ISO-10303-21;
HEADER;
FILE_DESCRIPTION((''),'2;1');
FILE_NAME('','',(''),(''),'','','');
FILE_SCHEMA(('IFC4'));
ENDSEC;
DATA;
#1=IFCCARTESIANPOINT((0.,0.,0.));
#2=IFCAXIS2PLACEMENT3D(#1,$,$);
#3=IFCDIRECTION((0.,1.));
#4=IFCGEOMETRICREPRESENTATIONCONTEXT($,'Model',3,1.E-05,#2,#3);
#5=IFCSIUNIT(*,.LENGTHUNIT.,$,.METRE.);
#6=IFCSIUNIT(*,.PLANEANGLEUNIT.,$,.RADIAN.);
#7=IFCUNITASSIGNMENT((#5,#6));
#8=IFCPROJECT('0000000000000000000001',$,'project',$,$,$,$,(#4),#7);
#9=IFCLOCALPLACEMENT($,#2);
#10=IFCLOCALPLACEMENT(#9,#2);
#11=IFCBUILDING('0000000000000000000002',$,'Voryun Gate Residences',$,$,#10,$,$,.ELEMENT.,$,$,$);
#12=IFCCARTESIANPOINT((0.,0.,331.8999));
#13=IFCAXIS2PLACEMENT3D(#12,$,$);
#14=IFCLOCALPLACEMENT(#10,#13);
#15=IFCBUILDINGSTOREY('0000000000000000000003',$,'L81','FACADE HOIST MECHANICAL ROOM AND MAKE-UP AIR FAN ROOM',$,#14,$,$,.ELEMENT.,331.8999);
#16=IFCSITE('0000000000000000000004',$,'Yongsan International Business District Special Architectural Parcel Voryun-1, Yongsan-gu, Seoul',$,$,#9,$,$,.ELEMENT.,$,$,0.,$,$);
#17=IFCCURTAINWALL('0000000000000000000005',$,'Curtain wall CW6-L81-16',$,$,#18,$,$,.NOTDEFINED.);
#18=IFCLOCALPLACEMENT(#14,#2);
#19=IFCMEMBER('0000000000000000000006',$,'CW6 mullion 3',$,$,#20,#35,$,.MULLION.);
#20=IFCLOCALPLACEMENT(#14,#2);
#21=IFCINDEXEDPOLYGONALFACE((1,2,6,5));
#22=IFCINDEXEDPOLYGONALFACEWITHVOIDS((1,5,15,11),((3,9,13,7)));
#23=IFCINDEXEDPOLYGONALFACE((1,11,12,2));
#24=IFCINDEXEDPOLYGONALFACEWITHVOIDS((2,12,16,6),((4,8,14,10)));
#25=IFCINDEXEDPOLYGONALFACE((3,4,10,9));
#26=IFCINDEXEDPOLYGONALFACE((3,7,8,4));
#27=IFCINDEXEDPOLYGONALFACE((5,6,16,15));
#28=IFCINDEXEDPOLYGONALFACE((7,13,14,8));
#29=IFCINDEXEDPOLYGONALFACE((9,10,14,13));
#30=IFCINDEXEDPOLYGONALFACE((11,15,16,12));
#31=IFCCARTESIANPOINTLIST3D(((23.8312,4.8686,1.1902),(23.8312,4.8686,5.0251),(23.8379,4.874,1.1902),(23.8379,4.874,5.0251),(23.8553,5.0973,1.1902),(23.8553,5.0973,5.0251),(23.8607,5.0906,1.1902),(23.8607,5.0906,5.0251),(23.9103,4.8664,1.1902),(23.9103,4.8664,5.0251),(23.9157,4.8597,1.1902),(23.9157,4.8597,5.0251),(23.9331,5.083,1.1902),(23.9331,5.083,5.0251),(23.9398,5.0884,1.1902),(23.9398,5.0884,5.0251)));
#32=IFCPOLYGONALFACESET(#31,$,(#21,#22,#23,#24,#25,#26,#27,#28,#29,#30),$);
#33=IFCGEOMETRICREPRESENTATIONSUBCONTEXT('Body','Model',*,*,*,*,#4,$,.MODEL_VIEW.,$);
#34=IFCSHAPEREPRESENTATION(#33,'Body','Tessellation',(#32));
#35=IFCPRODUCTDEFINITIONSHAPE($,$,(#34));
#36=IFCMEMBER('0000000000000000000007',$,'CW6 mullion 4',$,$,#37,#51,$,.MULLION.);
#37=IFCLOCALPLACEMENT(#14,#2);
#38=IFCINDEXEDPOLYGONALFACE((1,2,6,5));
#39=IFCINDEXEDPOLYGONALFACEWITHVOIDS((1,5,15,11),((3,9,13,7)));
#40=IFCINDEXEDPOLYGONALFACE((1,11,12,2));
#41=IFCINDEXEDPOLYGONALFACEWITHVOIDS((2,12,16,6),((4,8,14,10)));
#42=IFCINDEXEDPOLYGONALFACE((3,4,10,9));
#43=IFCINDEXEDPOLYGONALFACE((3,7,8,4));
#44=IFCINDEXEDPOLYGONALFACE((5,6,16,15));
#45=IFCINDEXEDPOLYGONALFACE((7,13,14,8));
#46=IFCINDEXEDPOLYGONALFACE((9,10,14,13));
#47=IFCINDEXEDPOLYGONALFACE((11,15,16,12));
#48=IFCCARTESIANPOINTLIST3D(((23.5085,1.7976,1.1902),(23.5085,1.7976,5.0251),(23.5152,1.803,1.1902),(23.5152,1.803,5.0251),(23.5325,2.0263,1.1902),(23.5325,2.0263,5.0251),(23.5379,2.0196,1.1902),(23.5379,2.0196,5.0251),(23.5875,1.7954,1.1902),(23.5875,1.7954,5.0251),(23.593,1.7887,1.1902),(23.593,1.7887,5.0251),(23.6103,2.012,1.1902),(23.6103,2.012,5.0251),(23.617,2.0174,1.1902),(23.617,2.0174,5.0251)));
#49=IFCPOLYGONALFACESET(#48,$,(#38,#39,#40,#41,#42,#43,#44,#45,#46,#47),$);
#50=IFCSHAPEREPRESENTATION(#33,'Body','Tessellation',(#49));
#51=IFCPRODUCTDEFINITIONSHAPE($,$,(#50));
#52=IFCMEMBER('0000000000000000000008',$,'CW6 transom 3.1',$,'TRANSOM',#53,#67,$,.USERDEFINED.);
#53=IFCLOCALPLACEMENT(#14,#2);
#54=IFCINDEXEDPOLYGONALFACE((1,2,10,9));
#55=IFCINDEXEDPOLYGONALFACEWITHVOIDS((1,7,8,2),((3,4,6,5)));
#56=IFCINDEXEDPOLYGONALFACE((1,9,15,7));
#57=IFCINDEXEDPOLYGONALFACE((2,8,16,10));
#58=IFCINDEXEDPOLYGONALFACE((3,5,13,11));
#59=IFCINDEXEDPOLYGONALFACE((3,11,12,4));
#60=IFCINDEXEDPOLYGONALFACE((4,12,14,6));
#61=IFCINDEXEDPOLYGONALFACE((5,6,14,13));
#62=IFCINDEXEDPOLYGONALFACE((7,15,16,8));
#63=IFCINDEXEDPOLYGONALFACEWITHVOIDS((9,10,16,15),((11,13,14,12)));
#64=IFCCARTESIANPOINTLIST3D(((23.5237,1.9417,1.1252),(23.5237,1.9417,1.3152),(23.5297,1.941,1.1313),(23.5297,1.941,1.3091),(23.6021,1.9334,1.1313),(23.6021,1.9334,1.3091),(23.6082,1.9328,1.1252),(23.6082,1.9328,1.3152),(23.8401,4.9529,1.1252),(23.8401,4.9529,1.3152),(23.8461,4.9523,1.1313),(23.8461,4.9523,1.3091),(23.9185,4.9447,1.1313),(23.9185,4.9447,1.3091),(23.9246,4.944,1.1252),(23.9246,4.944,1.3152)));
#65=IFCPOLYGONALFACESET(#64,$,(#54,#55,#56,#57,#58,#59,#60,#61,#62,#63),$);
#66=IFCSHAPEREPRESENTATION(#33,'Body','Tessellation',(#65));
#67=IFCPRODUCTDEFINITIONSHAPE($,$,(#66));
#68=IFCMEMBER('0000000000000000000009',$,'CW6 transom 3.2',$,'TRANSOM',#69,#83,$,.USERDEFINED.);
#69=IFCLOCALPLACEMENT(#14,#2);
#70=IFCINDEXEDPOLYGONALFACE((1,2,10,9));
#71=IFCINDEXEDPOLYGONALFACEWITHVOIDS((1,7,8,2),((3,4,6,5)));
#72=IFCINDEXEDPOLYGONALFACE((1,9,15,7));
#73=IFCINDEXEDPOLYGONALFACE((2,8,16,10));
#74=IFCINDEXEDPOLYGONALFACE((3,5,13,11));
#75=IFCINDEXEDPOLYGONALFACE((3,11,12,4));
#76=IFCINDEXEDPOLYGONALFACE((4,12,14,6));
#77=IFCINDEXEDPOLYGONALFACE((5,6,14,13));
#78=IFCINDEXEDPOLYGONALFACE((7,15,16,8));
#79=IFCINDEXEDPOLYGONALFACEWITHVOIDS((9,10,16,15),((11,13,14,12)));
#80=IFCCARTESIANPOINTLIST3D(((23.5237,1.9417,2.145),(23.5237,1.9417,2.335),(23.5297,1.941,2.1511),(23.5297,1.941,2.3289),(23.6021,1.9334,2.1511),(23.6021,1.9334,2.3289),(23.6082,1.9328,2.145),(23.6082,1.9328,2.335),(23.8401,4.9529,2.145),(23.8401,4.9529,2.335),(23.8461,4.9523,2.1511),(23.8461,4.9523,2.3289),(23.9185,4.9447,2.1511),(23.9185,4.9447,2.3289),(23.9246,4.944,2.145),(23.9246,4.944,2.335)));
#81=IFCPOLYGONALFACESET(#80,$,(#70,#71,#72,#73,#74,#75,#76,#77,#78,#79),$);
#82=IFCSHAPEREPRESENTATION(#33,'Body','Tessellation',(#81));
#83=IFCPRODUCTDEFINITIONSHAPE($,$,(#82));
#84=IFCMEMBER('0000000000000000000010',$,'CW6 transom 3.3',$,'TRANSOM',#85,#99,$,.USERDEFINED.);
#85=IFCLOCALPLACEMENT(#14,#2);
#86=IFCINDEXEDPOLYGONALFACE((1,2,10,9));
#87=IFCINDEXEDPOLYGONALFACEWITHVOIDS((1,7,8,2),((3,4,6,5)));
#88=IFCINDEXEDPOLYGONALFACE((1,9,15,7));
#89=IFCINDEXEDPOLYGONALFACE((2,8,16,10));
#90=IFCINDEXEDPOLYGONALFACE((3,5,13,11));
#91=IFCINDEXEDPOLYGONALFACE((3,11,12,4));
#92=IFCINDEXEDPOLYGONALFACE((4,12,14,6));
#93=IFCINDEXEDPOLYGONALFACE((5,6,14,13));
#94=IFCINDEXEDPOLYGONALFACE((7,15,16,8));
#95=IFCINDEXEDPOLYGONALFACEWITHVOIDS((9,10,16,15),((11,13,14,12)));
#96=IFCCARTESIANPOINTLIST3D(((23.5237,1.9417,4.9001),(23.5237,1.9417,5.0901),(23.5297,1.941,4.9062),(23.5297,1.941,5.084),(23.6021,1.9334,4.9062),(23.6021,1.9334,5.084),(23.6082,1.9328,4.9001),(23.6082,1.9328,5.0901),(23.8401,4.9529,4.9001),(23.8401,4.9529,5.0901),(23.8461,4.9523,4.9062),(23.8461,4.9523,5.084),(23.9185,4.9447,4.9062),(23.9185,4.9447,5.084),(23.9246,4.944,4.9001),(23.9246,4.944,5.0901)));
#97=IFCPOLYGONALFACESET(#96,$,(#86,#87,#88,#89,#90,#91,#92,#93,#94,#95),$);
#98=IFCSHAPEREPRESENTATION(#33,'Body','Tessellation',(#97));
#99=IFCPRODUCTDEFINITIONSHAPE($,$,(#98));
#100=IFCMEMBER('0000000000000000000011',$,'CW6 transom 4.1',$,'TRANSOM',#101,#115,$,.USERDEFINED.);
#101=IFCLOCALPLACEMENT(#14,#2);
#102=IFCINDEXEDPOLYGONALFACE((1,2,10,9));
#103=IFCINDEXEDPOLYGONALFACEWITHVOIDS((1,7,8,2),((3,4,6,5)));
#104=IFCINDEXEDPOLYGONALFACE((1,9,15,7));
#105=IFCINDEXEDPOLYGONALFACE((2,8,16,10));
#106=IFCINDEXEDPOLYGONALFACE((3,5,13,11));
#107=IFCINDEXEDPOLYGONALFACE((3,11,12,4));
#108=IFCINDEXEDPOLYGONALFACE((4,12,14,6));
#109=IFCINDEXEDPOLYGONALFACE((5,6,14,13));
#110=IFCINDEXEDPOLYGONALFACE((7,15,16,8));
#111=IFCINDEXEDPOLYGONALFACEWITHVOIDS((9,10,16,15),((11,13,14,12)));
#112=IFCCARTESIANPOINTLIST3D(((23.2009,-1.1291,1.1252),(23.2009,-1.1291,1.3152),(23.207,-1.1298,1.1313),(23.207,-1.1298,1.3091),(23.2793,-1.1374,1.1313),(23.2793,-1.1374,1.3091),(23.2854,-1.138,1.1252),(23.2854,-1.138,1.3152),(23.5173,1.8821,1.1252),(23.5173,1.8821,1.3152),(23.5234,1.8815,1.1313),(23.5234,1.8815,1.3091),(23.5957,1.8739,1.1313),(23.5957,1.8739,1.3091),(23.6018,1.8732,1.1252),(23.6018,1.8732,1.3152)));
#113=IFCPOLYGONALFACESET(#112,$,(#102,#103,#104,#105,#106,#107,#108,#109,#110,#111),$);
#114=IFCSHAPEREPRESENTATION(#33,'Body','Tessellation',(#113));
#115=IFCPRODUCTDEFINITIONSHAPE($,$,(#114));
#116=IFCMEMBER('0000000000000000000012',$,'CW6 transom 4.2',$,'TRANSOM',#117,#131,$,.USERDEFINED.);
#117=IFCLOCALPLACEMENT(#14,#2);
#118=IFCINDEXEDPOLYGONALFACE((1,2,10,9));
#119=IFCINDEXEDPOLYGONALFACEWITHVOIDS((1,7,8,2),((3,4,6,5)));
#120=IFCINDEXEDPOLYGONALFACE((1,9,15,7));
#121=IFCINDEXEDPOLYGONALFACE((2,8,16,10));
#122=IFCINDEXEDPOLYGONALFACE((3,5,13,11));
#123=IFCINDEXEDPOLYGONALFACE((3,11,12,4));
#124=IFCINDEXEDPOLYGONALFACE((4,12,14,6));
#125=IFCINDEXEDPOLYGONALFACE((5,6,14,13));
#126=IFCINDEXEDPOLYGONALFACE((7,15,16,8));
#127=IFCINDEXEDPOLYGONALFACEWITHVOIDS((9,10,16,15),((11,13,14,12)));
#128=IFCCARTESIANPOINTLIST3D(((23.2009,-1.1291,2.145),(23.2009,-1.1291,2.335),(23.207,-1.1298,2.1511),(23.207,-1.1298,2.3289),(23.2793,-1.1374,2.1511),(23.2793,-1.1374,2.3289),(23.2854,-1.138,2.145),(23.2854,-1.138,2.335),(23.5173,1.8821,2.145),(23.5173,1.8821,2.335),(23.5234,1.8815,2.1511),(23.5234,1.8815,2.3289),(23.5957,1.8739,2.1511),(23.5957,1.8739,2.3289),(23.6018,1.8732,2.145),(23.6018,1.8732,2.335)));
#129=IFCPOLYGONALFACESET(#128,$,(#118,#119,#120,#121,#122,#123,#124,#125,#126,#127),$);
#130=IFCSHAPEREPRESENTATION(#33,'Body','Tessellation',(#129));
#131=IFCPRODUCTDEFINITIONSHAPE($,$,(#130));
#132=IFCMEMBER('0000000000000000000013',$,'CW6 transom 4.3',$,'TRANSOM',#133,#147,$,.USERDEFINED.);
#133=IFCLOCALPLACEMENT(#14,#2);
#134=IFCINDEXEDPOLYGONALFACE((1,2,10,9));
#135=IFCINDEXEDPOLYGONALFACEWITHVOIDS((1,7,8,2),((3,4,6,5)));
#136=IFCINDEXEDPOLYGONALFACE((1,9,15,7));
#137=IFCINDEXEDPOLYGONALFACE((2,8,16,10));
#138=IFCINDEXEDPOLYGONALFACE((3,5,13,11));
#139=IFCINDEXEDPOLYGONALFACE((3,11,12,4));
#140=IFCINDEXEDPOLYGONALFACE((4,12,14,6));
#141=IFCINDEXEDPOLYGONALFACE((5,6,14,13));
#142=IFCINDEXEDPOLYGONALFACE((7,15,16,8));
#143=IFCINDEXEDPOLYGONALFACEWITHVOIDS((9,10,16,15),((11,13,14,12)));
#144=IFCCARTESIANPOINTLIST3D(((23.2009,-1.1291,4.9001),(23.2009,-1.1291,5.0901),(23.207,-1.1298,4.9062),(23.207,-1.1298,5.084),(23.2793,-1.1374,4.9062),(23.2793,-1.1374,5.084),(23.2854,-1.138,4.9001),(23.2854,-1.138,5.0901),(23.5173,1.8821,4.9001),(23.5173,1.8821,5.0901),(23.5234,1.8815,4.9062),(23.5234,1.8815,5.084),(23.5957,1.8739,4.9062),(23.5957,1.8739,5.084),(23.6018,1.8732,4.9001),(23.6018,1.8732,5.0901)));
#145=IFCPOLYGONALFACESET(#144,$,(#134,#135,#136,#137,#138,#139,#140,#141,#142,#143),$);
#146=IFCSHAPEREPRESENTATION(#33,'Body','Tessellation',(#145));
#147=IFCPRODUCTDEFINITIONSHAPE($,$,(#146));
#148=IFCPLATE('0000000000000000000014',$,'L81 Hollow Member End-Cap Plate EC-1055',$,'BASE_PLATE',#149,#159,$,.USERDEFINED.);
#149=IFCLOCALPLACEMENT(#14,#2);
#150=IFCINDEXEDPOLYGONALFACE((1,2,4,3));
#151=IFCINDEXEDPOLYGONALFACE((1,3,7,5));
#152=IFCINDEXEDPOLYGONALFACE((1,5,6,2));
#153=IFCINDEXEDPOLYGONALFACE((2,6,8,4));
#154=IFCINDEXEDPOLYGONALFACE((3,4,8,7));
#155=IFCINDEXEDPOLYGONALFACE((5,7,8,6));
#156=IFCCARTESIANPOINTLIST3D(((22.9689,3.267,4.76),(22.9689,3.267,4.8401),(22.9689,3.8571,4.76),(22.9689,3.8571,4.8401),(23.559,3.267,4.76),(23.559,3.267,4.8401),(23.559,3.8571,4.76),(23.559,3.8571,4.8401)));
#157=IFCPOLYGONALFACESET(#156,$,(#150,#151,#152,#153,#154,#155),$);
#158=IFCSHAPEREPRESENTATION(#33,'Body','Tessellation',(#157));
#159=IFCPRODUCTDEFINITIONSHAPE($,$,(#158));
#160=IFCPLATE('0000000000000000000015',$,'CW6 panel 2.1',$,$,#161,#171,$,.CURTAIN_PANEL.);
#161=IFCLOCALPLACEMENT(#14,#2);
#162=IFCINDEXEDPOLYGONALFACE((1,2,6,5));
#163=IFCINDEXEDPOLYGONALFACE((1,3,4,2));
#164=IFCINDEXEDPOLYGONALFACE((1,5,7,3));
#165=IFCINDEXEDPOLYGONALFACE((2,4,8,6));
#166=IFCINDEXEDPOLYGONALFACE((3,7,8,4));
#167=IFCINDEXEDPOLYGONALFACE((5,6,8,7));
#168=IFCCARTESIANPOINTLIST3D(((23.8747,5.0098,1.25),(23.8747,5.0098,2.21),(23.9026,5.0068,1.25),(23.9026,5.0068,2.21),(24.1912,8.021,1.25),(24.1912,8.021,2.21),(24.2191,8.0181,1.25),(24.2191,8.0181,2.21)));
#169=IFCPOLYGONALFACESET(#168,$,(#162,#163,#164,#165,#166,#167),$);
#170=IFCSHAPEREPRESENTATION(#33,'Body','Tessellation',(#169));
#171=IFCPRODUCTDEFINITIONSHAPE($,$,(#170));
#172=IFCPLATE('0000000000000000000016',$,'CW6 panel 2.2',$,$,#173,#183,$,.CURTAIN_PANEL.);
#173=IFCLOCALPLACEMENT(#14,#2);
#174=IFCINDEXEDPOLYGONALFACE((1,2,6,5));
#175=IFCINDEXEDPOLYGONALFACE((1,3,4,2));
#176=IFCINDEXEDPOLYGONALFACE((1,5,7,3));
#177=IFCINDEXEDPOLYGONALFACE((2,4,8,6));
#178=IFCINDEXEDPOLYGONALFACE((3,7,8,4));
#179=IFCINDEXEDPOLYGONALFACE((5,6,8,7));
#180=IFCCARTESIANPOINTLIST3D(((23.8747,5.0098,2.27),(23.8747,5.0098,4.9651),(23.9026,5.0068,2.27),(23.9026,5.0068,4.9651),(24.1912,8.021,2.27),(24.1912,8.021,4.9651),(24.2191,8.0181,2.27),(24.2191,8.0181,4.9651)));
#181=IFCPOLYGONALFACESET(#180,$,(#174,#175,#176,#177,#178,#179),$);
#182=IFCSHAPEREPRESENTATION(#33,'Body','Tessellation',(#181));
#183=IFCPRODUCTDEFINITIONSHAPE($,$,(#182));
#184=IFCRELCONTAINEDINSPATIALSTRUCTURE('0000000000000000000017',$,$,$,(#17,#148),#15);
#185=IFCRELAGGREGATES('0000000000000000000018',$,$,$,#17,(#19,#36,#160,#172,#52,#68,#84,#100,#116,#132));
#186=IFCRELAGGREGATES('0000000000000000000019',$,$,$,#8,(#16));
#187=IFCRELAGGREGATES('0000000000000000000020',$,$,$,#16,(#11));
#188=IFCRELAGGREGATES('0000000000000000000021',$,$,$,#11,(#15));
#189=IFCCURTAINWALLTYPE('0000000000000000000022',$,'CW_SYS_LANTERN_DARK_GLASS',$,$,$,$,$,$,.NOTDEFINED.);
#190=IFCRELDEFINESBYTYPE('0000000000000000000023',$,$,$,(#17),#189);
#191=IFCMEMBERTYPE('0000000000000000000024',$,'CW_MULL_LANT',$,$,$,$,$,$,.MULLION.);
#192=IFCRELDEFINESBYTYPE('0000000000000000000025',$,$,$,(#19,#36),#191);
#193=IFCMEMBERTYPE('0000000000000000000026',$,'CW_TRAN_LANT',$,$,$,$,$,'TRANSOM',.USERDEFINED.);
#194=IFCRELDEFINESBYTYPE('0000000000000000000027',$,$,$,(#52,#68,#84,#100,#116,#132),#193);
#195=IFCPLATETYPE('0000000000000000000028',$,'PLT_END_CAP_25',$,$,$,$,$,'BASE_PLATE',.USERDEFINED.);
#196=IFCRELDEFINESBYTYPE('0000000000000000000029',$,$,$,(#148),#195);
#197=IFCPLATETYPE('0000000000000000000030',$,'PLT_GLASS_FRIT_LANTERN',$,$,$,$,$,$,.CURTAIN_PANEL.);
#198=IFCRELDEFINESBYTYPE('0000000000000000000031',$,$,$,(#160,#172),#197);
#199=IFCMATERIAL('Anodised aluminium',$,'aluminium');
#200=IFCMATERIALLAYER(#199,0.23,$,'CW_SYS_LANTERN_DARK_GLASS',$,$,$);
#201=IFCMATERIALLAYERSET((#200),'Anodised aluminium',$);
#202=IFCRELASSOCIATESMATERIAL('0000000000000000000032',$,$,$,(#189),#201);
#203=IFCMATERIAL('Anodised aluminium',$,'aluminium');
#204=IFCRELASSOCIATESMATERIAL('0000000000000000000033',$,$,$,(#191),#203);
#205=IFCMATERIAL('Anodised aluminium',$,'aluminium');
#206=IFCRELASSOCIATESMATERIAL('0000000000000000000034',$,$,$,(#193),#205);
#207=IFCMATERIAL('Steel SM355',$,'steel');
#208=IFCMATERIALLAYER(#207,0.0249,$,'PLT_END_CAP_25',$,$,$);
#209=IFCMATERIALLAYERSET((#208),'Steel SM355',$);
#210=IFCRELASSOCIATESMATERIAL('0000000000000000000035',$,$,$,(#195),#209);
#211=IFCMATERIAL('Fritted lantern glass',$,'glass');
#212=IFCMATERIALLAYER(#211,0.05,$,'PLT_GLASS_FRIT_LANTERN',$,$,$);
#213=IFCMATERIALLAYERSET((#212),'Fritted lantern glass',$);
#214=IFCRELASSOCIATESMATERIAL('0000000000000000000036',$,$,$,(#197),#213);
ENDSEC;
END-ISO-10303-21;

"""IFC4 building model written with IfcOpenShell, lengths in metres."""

from ifc_helpers import new_model, si_unit, direction, frame, origin, origin_2d, place, context, subcontext, project, spatial, rectangle, hollow_rectangle, extrude, material, layer, layer_set, material_profile, profile_set, type_object, element, aggregate, save


model = new_model("IFC4")

# Units and contexts
model_context = context("Model", 3, precision=1e-05, world=origin(), true_north=direction((0.0, 1.0)))
body_context = subcontext(model_context, "Body", "Model", "MODEL_VIEW")
ifc_project = project(units=[si_unit("LENGTHUNIT", "METRE"), si_unit("PLANEANGLEUNIT", "RADIAN")], contexts=[model_context])

# Site, building, storey
site_placement = place(None, origin())
site = spatial("IfcSite", under=ifc_project, at=site_placement, Name="Yongsan International Business District Special Architectural Parcel Voryun-1, Yongsan-gu, Seoul", CompositionType="ELEMENT", RefElevation=0.0)
building_placement = place(site_placement, origin())
building = spatial("IfcBuilding", under=site, at=building_placement, Name="Voryun Gate Residences", CompositionType="ELEMENT")
storey_placement = place(building_placement, frame((0.0, 0.0, 331.8999)))
storey = spatial("IfcBuildingStorey", under=building, at=storey_placement, Name="L81", Description="FACADE HOIST MECHANICAL ROOM AND MAKE-UP AIR FAN ROOM", CompositionType="ELEMENT", Elevation=331.8999)

# Curtain wall, members
ifc_material_1 = material(Name="Anodised aluminium", Category="aluminium")
ifc_layer_1 = layer(ifc_material_1, 0.23, Name="CW_SYS_LANTERN_DARK_GLASS")
ifc_layer_set_1 = layer_set([ifc_layer_1], Name="Anodised aluminium")
curtain_wall_type = type_object("IfcCurtainWallType", Name="CW_SYS_LANTERN_DARK_GLASS", PredefinedType="NOTDEFINED", material=ifc_layer_set_1)
curtain_wall_placement = place(storey_placement, origin())
curtain_wall = element("IfcCurtainWall", 1, at=curtain_wall_placement, inside=storey, type_object=curtain_wall_type, Name="Curtain wall CW6-L81-16", PredefinedType="NOTDEFINED")
ifc_material_2 = material(Name="Anodised aluminium", Category="aluminium")
ifc_material_profile_1 = material_profile(ifc_material_2, hollow_rectangle(XDim=0.085, YDim=0.23, WallThickness=0.0061, at=origin_2d()), Name="ALU-MULL-230x85x6")
ifc_profile_set_1 = profile_set([ifc_material_profile_1], Name="Anodised aluminium")
member_type_1 = type_object("IfcMemberType", Name="CW_MULL_LANT", PredefinedType="MULLION", material=ifc_profile_set_1)
member_1_placement = place(storey_placement, frame((23.8855, 4.9785, 1.1902), z_axis=(0.0, 0.0, 1.0), x_axis=(0.994522, -0.104528, 0.0)))
member_1 = element("IfcMember", 2, at=member_1_placement, type_object=member_type_1, Name="CW6 mullion 3", PredefinedType="MULLION", context=body_context, shape_type="SweptSolid", body=[
    extrude(hollow_rectangle(XDim=0.085, YDim=0.23, WallThickness=0.0061, at=origin_2d()), origin(), (0.0, 0.0, 1.0), 3.835),
])
member_2_placement = place(storey_placement, frame((23.5627, 1.9075, 1.1902), z_axis=(0.0, 0.0, 1.0), x_axis=(0.994522, -0.104528, 0.0)))
member_2 = element("IfcMember", 3, at=member_2_placement, type_object=member_type_1, Name="CW6 mullion 4", PredefinedType="MULLION", context=body_context, shape_type="SweptSolid", body=[
    extrude(hollow_rectangle(XDim=0.085, YDim=0.23, WallThickness=0.0061, at=origin_2d()), origin(), (0.0, 0.0, 1.0), 3.835),
])
ifc_material_3 = material(Name="Anodised aluminium", Category="aluminium")
ifc_material_profile_2 = material_profile(ifc_material_3, hollow_rectangle(XDim=0.085, YDim=0.1899, WallThickness=0.0061, at=origin_2d()), Name="ALU-TRAN-190x85x6")
ifc_profile_set_2 = profile_set([ifc_material_profile_2], Name="Anodised aluminium")
member_type_2 = type_object("IfcMemberType", Name="CW_TRAN_LANT", ElementType="TRANSOM", PredefinedType="USERDEFINED", material=ifc_profile_set_2)
member_3_placement = place(storey_placement, frame((23.8823, 4.9485, 1.2202), z_axis=(-0.1045, -0.994525, 0.0), x_axis=(0.994525, -0.1045, 0.0)))
member_3 = element("IfcMember", 4, at=member_3_placement, type_object=member_type_2, Name="CW6 transom 3.1", ObjectType="TRANSOM", PredefinedType="USERDEFINED", context=body_context, shape_type="SweptSolid", body=[
    extrude(hollow_rectangle(XDim=0.085, YDim=0.1899, WallThickness=0.0061, at=origin_2d()), origin(), (0.0, 0.0, 1.0), 3.0278),
])
member_4_placement = place(storey_placement, frame((23.8823, 4.9485, 2.24), z_axis=(-0.1045, -0.994525, 0.0), x_axis=(0.994525, -0.1045, 0.0)))
member_4 = element("IfcMember", 5, at=member_4_placement, type_object=member_type_2, Name="CW6 transom 3.2", ObjectType="TRANSOM", PredefinedType="USERDEFINED", context=body_context, shape_type="SweptSolid", body=[
    extrude(hollow_rectangle(XDim=0.085, YDim=0.1899, WallThickness=0.0061, at=origin_2d()), origin(), (0.0, 0.0, 1.0), 3.0278),
])
member_5_placement = place(storey_placement, frame((23.8823, 4.9485, 4.9951), z_axis=(-0.1045, -0.994525, 0.0), x_axis=(0.994525, -0.1045, 0.0)))
member_5 = element("IfcMember", 6, at=member_5_placement, type_object=member_type_2, Name="CW6 transom 3.3", ObjectType="TRANSOM", PredefinedType="USERDEFINED", context=body_context, shape_type="SweptSolid", body=[
    extrude(hollow_rectangle(XDim=0.085, YDim=0.1899, WallThickness=0.0061, at=origin_2d()), origin(), (0.0, 0.0, 1.0), 3.0278),
])
member_6_placement = place(storey_placement, frame((23.5596, 1.8777, 1.2202), z_axis=(-0.1045, -0.994525, 0.0), x_axis=(0.994525, -0.1045, 0.0)))
member_6 = element("IfcMember", 7, at=member_6_placement, type_object=member_type_2, Name="CW6 transom 4.1", ObjectType="TRANSOM", PredefinedType="USERDEFINED", context=body_context, shape_type="SweptSolid", body=[
    extrude(hollow_rectangle(XDim=0.085, YDim=0.1899, WallThickness=0.0061, at=origin_2d()), origin(), (0.0, 0.0, 1.0), 3.0278),
])
member_7_placement = place(storey_placement, frame((23.5596, 1.8777, 2.24), z_axis=(-0.1045, -0.994525, 0.0), x_axis=(0.994525, -0.1045, 0.0)))
member_7 = element("IfcMember", 8, at=member_7_placement, type_object=member_type_2, Name="CW6 transom 4.2", ObjectType="TRANSOM", PredefinedType="USERDEFINED", context=body_context, shape_type="SweptSolid", body=[
    extrude(hollow_rectangle(XDim=0.085, YDim=0.1899, WallThickness=0.0061, at=origin_2d()), origin(), (0.0, 0.0, 1.0), 3.0278),
])
member_8_placement = place(storey_placement, frame((23.5596, 1.8777, 4.9951), z_axis=(-0.1045, -0.994525, 0.0), x_axis=(0.994525, -0.1045, 0.0)))
member_8 = element("IfcMember", 9, at=member_8_placement, type_object=member_type_2, Name="CW6 transom 4.3", ObjectType="TRANSOM", PredefinedType="USERDEFINED", context=body_context, shape_type="SweptSolid", body=[
    extrude(hollow_rectangle(XDim=0.085, YDim=0.1899, WallThickness=0.0061, at=origin_2d()), origin(), (0.0, 0.0, 1.0), 3.0278),
])

# Plates
ifc_material_4 = material(Name="Steel SM355", Category="steel")
ifc_layer_2 = layer(ifc_material_4, 0.0249, Name="PLT_END_CAP_25")
ifc_layer_set_2 = layer_set([ifc_layer_2], Name="Steel SM355")
plate_type_1 = type_object("IfcPlateType", Name="PLT_END_CAP_25", ElementType="BASE_PLATE", PredefinedType="USERDEFINED", material=ifc_layer_set_2)
plate_1_placement = place(storey_placement, frame((23.2639, 3.562, 4.76), z_axis=(0.0, 0.0, 1.0), x_axis=(1.0, 0.0, 0.0)))
element("IfcPlate", 10, at=plate_1_placement, inside=storey, type_object=plate_type_1, Name="L81 Hollow Member End-Cap Plate EC-1055", ObjectType="BASE_PLATE", PredefinedType="USERDEFINED", context=body_context, shape_type="SweptSolid", body=[
    extrude(rectangle(XDim=0.5901, YDim=0.5901, at=origin_2d()), origin(), (0.0, 0.0, 1.0), 0.0801),
])
ifc_material_5 = material(Name="Fritted lantern glass", Category="glass")
ifc_layer_3 = layer(ifc_material_5, 0.05, Name="PLT_GLASS_FRIT_LANTERN")
ifc_layer_set_3 = layer_set([ifc_layer_3], Name="Fritted lantern glass")
plate_type_2 = type_object("IfcPlateType", Name="PLT_GLASS_FRIT_LANTERN", PredefinedType="CURTAIN_PANEL", material=ifc_layer_set_3)
plate_2_placement = place(storey_placement, frame((24.0469, 6.5139, 1.25), z_axis=(0.0, 0.0, 1.0), x_axis=(-0.104528, -0.994522, 0.0)))
plate_2 = element("IfcPlate", 11, at=plate_2_placement, type_object=plate_type_2, Name="CW6 panel 2.1", PredefinedType="CURTAIN_PANEL", context=body_context, shape_type="SweptSolid", body=[
    extrude(rectangle(XDim=3.0278, YDim=0.0281, at=origin_2d()), origin(), (0.0, 0.0, 1.0), 0.96),
])
plate_3_placement = place(storey_placement, frame((24.0469, 6.5139, 2.27), z_axis=(0.0, 0.0, 1.0), x_axis=(-0.104528, -0.994522, 0.0)))
plate_3 = element("IfcPlate", 12, at=plate_3_placement, type_object=plate_type_2, Name="CW6 panel 2.2", PredefinedType="CURTAIN_PANEL", context=body_context, shape_type="SweptSolid", body=[
    extrude(rectangle(XDim=3.0278, YDim=0.0281, at=origin_2d()), origin(), (0.0, 0.0, 1.0), 2.6951),
])
aggregate(curtain_wall, [member_1, member_2, plate_2, plate_3, member_3, member_4, member_5, member_6, member_7, member_8])

save(model, "model.ifc")
